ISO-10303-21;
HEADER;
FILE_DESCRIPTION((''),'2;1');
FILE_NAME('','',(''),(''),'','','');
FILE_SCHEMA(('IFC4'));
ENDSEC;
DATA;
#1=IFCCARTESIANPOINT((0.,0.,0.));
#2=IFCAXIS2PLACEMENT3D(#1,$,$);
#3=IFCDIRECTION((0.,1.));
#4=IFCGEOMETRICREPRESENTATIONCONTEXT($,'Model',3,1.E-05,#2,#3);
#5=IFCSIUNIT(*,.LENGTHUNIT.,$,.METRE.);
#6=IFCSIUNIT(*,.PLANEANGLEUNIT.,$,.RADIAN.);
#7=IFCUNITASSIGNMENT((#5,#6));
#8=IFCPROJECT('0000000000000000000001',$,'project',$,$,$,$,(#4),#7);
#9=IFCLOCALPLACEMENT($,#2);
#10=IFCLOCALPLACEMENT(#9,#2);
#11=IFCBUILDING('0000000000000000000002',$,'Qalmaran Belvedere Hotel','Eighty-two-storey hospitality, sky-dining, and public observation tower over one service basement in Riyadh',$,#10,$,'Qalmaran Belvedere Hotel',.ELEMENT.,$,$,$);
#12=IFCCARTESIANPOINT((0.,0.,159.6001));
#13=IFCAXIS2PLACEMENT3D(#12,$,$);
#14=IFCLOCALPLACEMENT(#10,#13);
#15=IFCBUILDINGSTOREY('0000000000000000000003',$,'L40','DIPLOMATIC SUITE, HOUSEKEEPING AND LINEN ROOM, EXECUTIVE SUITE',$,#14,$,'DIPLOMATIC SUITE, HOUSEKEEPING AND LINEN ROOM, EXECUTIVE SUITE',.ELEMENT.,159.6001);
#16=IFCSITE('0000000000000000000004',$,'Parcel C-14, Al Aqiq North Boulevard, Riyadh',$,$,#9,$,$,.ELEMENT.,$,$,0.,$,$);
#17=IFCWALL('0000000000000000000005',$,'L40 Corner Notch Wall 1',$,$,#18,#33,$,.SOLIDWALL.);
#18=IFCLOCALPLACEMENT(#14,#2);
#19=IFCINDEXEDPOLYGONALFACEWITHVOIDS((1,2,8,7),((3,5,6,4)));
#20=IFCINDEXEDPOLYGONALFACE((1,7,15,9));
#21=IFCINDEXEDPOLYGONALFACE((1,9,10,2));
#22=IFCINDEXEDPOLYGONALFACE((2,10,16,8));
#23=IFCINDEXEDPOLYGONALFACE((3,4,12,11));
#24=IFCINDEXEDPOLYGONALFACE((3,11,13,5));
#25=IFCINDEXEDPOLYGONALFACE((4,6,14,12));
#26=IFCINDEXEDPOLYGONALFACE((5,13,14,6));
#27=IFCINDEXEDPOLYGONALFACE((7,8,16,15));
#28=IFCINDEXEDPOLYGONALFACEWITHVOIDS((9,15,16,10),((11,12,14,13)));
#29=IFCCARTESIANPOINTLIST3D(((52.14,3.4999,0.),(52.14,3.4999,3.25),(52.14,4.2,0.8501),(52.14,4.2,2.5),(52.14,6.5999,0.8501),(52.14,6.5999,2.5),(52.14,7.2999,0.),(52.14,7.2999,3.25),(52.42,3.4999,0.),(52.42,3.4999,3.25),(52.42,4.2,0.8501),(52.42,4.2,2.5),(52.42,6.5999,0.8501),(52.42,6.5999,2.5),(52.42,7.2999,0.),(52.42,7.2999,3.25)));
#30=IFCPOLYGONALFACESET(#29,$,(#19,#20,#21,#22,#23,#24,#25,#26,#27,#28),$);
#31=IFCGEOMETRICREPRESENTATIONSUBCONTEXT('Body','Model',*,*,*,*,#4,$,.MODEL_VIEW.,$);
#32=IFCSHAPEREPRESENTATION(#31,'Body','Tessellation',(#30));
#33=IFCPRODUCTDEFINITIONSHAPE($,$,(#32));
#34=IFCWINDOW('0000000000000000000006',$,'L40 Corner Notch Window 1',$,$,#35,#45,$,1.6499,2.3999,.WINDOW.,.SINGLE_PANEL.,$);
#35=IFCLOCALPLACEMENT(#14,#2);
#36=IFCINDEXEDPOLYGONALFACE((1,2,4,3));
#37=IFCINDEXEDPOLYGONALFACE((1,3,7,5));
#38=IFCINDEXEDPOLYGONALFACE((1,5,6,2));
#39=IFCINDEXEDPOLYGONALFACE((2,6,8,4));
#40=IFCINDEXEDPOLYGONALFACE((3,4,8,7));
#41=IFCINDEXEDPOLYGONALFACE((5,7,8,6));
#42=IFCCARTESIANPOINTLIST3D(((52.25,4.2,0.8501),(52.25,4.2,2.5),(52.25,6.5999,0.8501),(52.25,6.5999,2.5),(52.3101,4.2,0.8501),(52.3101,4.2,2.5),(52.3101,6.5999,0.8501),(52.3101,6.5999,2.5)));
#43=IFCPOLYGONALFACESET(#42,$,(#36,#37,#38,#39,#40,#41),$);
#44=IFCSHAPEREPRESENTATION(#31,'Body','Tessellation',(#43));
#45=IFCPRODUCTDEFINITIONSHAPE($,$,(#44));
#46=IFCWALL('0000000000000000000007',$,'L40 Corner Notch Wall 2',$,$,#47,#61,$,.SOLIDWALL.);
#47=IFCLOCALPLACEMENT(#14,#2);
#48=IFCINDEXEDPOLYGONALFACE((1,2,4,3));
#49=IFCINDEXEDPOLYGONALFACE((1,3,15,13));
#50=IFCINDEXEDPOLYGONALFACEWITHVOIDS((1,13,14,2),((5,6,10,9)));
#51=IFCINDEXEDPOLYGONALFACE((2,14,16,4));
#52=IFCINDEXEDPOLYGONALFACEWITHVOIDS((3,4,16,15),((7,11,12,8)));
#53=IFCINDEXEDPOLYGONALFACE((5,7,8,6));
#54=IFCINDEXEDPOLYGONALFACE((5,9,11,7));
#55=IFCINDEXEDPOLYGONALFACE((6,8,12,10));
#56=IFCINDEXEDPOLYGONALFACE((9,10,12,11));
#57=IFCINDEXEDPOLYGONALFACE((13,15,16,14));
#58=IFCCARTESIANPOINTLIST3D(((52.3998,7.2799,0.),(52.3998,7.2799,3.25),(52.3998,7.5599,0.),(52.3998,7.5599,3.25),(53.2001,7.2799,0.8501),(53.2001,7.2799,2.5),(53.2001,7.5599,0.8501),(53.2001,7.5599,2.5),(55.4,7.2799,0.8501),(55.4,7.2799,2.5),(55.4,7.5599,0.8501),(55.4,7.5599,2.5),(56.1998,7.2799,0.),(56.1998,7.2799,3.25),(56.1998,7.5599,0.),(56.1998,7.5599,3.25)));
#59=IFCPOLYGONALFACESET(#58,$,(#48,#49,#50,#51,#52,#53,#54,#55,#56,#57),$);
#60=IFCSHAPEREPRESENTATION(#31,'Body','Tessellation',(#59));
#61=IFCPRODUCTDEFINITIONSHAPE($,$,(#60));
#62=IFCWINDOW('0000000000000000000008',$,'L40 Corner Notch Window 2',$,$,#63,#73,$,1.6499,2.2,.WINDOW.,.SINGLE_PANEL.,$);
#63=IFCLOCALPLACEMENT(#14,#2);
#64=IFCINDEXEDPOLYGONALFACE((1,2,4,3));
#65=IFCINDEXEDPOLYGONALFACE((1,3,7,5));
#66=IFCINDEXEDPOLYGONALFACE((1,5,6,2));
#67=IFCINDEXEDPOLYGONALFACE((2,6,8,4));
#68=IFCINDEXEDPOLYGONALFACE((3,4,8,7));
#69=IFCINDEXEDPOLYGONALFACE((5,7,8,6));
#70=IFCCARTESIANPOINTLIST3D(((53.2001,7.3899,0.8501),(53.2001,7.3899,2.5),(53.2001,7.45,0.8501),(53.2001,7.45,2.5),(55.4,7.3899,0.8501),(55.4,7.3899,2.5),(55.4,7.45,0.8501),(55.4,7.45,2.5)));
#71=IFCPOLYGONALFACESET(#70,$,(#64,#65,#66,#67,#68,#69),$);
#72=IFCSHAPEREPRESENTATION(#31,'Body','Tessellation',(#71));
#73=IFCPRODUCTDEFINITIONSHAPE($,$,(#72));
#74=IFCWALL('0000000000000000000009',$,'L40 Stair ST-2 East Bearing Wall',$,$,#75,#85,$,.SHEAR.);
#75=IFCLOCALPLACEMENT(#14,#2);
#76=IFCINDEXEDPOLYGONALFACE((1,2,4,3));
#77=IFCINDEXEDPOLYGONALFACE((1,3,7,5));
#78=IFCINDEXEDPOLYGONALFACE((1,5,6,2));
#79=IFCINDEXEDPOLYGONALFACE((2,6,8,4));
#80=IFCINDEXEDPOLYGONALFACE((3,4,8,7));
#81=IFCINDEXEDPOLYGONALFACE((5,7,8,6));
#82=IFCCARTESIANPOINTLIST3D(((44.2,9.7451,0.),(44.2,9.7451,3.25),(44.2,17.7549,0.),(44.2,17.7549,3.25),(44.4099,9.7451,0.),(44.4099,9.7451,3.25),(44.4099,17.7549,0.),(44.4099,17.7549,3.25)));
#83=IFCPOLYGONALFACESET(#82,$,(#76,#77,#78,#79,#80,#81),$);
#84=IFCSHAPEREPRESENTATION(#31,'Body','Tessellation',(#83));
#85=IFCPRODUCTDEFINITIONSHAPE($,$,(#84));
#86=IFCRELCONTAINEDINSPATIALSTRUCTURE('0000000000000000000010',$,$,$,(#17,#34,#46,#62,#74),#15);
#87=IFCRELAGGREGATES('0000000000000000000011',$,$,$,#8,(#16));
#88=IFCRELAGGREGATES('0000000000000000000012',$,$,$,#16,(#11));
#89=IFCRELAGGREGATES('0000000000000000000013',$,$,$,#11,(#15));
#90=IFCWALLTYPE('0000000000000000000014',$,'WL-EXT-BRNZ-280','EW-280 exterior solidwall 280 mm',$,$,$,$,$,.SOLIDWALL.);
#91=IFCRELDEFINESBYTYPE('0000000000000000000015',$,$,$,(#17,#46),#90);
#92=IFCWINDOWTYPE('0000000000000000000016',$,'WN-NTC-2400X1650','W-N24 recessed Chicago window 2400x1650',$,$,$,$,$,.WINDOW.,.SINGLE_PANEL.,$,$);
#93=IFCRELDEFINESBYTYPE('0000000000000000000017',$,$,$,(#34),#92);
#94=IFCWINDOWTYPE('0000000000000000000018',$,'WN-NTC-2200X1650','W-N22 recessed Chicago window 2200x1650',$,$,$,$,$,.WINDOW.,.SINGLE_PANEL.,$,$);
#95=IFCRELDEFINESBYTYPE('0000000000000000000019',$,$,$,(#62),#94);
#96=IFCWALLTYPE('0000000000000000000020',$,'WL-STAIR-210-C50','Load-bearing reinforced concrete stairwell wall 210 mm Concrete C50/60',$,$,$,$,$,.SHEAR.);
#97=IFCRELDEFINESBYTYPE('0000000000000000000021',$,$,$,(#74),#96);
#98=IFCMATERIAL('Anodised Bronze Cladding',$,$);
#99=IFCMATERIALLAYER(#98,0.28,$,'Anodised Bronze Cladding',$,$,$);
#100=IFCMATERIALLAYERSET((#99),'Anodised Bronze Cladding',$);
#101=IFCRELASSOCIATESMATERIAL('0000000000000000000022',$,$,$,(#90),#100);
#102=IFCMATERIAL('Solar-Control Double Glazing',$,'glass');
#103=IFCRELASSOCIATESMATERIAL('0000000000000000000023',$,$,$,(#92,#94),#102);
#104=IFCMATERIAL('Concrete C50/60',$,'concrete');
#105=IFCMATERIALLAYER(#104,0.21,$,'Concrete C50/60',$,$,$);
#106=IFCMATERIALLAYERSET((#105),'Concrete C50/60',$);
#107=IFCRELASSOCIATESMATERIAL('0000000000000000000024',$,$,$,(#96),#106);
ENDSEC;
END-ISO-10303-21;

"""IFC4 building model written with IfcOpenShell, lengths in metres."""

from ifc_helpers import new_model, si_unit, direction, frame, frame_2d, origin, place, context, subcontext, project, spatial, rectangle, extrude, material, layer, layer_set, type_object, element, fill, save


model = new_model("IFC4")

# Units and contexts
model_context = context("Model", 3, precision=1e-05, world=origin(), true_north=direction((0.0, 1.0)))
body_context = subcontext(model_context, "Body", "Model", "MODEL_VIEW")
ifc_project = project(units=[si_unit("LENGTHUNIT", "METRE"), si_unit("PLANEANGLEUNIT", "RADIAN")], contexts=[model_context])

# Site, building, storey
site_placement = place(None, origin())
site = spatial("IfcSite", under=ifc_project, at=site_placement, Name="Parcel C-14, Al Aqiq North Boulevard, Riyadh", CompositionType="ELEMENT", RefElevation=0.0)
building_placement = place(site_placement, origin())
building = spatial("IfcBuilding", under=site, at=building_placement, Name="Qalmaran Belvedere Hotel", Description="Eighty-two-storey hospitality, sky-dining, and public observation tower over one service basement in Riyadh", LongName="Qalmaran Belvedere Hotel", CompositionType="ELEMENT")
storey_placement = place(building_placement, frame((0.0, 0.0, 159.6001)))
storey = spatial("IfcBuildingStorey", under=building, at=storey_placement, Name="L40", Description="DIPLOMATIC SUITE, HOUSEKEEPING AND LINEN ROOM, EXECUTIVE SUITE", LongName="DIPLOMATIC SUITE, HOUSEKEEPING AND LINEN ROOM, EXECUTIVE SUITE", CompositionType="ELEMENT", Elevation=159.6001)

# Shared definitions
ifc_material_1 = material(Name="Concrete C50/60", Category="concrete")

# Shared definitions
ifc_material_2 = material(Name="Solar-Control Double Glazing", Category="glass")

# Walls, openings, windows
ifc_material_3 = material(Name="Anodised Bronze Cladding")
ifc_layer_1 = layer(ifc_material_3, 0.28, Name="Anodised Bronze Cladding")
ifc_layer_set_1 = layer_set([ifc_layer_1], Name="Anodised Bronze Cladding")
wall_type_1 = type_object("IfcWallType", Name="WL-EXT-BRNZ-280", Description="EW-280 exterior solidwall 280 mm", PredefinedType="SOLIDWALL", material=ifc_layer_set_1)
wall_1_placement = place(storey_placement, frame((52.28, 3.5, 0.0), z_axis=(0.0, 0.0, 1.0), x_axis=(0.0, 1.0, 0.0)))
wall_1 = element("IfcWall", 1, at=wall_1_placement, inside=storey, type_object=wall_type_1, Name="L40 Corner Notch Wall 1", PredefinedType="SOLIDWALL", context=body_context, shape_type="SweptSolid", body=[
    extrude(rectangle(XDim=3.8, YDim=0.28, at=frame_2d((1.8999, 0.0))), origin(), (0.0, 0.0, 1.0), 3.25),
])
opening_1_placement = place(wall_1_placement, frame((0.7, 0.0, 0.8501)))
opening_1 = element("IfcOpeningElement", 2, at=opening_1_placement, cuts=wall_1, PredefinedType="OPENING", context=body_context, shape_type="SweptSolid", body=[
    extrude(rectangle(XDim=2.3999, YDim=1.6499, at=frame_2d((1.2, 0.825))), frame((0.0, 0.1499, 0.0), z_axis=(0.0, -1.0, 0.0), x_axis=(1.0, 0.0, 0.0)), (0.0, 0.0, 1.0), 0.3),
])
window_type_1 = type_object("IfcWindowType", Name="WN-NTC-2400X1650", Description="W-N24 recessed Chicago window 2400x1650", PartitioningType="SINGLE_PANEL", PredefinedType="WINDOW", material=ifc_material_2)
window_1_placement = place(opening_1_placement, origin())
window_1 = element("IfcWindow", 3, at=window_1_placement, inside=storey, type_object=window_type_1, Name="L40 Corner Notch Window 1", OverallHeight=1.6499, OverallWidth=2.3999, PartitioningType="SINGLE_PANEL", PredefinedType="WINDOW", context=body_context, shape_type="SweptSolid", body=[
    extrude(rectangle(XDim=2.3999, YDim=1.6499, at=frame_2d((1.2, 0.825))), frame((0.0, 0.03, 0.0), z_axis=(0.0, -1.0, 0.0), x_axis=(1.0, 0.0, 0.0)), (0.0, 0.0, 1.0), 0.0601),
])
fill(opening_1, window_1)
wall_2_placement = place(storey_placement, frame((52.3999, 7.4199, 0.0), z_axis=(0.0, 0.0, 1.0), x_axis=(1.0, 0.0, 0.0)))
wall_2 = element("IfcWall", 4, at=wall_2_placement, inside=storey, type_object=wall_type_1, Name="L40 Corner Notch Wall 2", PredefinedType="SOLIDWALL", context=body_context, shape_type="SweptSolid", body=[
    extrude(rectangle(XDim=3.8, YDim=0.28, at=frame_2d((1.8999, 0.0))), origin(), (0.0, 0.0, 1.0), 3.25),
])
opening_2_placement = place(wall_2_placement, frame((0.8, 0.0, 0.8501)))
opening_2 = element("IfcOpeningElement", 5, at=opening_2_placement, cuts=wall_2, PredefinedType="OPENING", context=body_context, shape_type="SweptSolid", body=[
    extrude(rectangle(XDim=2.2, YDim=1.6499, at=frame_2d((1.1001, 0.825))), frame((0.0, 0.1499, 0.0), z_axis=(0.0, -1.0, 0.0), x_axis=(1.0, 0.0, 0.0)), (0.0, 0.0, 1.0), 0.3),
])
window_type_2 = type_object("IfcWindowType", Name="WN-NTC-2200X1650", Description="W-N22 recessed Chicago window 2200x1650", PartitioningType="SINGLE_PANEL", PredefinedType="WINDOW", material=ifc_material_2)
window_2_placement = place(opening_2_placement, origin())
window_2 = element("IfcWindow", 6, at=window_2_placement, inside=storey, type_object=window_type_2, Name="L40 Corner Notch Window 2", OverallHeight=1.6499, OverallWidth=2.2, PartitioningType="SINGLE_PANEL", PredefinedType="WINDOW", context=body_context, shape_type="SweptSolid", body=[
    extrude(rectangle(XDim=2.2, YDim=1.6499, at=frame_2d((1.1001, 0.825))), frame((0.0, 0.03, 0.0), z_axis=(0.0, -1.0, 0.0), x_axis=(1.0, 0.0, 0.0)), (0.0, 0.0, 1.0), 0.0601),
])
fill(opening_2, window_2)

# Wall
ifc_layer_2 = layer(ifc_material_1, 0.21, Name="Concrete C50/60")
ifc_layer_set_2 = layer_set([ifc_layer_2], Name="Concrete C50/60")
wall_type_2 = type_object("IfcWallType", Name="WL-STAIR-210-C50", Description="Load-bearing reinforced concrete stairwell wall 210 mm Concrete C50/60", PredefinedType="SHEAR", material=ifc_layer_set_2)
wall_3_placement = place(storey_placement, frame((44.3049, 9.7451, 0.0), z_axis=(0.0, 0.0, 1.0), x_axis=(0.0, 1.0, 0.0)))
element("IfcWall", 7, at=wall_3_placement, inside=storey, type_object=wall_type_2, Name="L40 Stair ST-2 East Bearing Wall", PredefinedType="SHEAR", context=body_context, shape_type="SweptSolid", body=[
    extrude(rectangle(XDim=8.0098, YDim=0.21, at=frame_2d((4.0049, 0.0))), origin(), (0.0, 0.0, 1.0), 3.25),
])

save(model, "model.ifc")
